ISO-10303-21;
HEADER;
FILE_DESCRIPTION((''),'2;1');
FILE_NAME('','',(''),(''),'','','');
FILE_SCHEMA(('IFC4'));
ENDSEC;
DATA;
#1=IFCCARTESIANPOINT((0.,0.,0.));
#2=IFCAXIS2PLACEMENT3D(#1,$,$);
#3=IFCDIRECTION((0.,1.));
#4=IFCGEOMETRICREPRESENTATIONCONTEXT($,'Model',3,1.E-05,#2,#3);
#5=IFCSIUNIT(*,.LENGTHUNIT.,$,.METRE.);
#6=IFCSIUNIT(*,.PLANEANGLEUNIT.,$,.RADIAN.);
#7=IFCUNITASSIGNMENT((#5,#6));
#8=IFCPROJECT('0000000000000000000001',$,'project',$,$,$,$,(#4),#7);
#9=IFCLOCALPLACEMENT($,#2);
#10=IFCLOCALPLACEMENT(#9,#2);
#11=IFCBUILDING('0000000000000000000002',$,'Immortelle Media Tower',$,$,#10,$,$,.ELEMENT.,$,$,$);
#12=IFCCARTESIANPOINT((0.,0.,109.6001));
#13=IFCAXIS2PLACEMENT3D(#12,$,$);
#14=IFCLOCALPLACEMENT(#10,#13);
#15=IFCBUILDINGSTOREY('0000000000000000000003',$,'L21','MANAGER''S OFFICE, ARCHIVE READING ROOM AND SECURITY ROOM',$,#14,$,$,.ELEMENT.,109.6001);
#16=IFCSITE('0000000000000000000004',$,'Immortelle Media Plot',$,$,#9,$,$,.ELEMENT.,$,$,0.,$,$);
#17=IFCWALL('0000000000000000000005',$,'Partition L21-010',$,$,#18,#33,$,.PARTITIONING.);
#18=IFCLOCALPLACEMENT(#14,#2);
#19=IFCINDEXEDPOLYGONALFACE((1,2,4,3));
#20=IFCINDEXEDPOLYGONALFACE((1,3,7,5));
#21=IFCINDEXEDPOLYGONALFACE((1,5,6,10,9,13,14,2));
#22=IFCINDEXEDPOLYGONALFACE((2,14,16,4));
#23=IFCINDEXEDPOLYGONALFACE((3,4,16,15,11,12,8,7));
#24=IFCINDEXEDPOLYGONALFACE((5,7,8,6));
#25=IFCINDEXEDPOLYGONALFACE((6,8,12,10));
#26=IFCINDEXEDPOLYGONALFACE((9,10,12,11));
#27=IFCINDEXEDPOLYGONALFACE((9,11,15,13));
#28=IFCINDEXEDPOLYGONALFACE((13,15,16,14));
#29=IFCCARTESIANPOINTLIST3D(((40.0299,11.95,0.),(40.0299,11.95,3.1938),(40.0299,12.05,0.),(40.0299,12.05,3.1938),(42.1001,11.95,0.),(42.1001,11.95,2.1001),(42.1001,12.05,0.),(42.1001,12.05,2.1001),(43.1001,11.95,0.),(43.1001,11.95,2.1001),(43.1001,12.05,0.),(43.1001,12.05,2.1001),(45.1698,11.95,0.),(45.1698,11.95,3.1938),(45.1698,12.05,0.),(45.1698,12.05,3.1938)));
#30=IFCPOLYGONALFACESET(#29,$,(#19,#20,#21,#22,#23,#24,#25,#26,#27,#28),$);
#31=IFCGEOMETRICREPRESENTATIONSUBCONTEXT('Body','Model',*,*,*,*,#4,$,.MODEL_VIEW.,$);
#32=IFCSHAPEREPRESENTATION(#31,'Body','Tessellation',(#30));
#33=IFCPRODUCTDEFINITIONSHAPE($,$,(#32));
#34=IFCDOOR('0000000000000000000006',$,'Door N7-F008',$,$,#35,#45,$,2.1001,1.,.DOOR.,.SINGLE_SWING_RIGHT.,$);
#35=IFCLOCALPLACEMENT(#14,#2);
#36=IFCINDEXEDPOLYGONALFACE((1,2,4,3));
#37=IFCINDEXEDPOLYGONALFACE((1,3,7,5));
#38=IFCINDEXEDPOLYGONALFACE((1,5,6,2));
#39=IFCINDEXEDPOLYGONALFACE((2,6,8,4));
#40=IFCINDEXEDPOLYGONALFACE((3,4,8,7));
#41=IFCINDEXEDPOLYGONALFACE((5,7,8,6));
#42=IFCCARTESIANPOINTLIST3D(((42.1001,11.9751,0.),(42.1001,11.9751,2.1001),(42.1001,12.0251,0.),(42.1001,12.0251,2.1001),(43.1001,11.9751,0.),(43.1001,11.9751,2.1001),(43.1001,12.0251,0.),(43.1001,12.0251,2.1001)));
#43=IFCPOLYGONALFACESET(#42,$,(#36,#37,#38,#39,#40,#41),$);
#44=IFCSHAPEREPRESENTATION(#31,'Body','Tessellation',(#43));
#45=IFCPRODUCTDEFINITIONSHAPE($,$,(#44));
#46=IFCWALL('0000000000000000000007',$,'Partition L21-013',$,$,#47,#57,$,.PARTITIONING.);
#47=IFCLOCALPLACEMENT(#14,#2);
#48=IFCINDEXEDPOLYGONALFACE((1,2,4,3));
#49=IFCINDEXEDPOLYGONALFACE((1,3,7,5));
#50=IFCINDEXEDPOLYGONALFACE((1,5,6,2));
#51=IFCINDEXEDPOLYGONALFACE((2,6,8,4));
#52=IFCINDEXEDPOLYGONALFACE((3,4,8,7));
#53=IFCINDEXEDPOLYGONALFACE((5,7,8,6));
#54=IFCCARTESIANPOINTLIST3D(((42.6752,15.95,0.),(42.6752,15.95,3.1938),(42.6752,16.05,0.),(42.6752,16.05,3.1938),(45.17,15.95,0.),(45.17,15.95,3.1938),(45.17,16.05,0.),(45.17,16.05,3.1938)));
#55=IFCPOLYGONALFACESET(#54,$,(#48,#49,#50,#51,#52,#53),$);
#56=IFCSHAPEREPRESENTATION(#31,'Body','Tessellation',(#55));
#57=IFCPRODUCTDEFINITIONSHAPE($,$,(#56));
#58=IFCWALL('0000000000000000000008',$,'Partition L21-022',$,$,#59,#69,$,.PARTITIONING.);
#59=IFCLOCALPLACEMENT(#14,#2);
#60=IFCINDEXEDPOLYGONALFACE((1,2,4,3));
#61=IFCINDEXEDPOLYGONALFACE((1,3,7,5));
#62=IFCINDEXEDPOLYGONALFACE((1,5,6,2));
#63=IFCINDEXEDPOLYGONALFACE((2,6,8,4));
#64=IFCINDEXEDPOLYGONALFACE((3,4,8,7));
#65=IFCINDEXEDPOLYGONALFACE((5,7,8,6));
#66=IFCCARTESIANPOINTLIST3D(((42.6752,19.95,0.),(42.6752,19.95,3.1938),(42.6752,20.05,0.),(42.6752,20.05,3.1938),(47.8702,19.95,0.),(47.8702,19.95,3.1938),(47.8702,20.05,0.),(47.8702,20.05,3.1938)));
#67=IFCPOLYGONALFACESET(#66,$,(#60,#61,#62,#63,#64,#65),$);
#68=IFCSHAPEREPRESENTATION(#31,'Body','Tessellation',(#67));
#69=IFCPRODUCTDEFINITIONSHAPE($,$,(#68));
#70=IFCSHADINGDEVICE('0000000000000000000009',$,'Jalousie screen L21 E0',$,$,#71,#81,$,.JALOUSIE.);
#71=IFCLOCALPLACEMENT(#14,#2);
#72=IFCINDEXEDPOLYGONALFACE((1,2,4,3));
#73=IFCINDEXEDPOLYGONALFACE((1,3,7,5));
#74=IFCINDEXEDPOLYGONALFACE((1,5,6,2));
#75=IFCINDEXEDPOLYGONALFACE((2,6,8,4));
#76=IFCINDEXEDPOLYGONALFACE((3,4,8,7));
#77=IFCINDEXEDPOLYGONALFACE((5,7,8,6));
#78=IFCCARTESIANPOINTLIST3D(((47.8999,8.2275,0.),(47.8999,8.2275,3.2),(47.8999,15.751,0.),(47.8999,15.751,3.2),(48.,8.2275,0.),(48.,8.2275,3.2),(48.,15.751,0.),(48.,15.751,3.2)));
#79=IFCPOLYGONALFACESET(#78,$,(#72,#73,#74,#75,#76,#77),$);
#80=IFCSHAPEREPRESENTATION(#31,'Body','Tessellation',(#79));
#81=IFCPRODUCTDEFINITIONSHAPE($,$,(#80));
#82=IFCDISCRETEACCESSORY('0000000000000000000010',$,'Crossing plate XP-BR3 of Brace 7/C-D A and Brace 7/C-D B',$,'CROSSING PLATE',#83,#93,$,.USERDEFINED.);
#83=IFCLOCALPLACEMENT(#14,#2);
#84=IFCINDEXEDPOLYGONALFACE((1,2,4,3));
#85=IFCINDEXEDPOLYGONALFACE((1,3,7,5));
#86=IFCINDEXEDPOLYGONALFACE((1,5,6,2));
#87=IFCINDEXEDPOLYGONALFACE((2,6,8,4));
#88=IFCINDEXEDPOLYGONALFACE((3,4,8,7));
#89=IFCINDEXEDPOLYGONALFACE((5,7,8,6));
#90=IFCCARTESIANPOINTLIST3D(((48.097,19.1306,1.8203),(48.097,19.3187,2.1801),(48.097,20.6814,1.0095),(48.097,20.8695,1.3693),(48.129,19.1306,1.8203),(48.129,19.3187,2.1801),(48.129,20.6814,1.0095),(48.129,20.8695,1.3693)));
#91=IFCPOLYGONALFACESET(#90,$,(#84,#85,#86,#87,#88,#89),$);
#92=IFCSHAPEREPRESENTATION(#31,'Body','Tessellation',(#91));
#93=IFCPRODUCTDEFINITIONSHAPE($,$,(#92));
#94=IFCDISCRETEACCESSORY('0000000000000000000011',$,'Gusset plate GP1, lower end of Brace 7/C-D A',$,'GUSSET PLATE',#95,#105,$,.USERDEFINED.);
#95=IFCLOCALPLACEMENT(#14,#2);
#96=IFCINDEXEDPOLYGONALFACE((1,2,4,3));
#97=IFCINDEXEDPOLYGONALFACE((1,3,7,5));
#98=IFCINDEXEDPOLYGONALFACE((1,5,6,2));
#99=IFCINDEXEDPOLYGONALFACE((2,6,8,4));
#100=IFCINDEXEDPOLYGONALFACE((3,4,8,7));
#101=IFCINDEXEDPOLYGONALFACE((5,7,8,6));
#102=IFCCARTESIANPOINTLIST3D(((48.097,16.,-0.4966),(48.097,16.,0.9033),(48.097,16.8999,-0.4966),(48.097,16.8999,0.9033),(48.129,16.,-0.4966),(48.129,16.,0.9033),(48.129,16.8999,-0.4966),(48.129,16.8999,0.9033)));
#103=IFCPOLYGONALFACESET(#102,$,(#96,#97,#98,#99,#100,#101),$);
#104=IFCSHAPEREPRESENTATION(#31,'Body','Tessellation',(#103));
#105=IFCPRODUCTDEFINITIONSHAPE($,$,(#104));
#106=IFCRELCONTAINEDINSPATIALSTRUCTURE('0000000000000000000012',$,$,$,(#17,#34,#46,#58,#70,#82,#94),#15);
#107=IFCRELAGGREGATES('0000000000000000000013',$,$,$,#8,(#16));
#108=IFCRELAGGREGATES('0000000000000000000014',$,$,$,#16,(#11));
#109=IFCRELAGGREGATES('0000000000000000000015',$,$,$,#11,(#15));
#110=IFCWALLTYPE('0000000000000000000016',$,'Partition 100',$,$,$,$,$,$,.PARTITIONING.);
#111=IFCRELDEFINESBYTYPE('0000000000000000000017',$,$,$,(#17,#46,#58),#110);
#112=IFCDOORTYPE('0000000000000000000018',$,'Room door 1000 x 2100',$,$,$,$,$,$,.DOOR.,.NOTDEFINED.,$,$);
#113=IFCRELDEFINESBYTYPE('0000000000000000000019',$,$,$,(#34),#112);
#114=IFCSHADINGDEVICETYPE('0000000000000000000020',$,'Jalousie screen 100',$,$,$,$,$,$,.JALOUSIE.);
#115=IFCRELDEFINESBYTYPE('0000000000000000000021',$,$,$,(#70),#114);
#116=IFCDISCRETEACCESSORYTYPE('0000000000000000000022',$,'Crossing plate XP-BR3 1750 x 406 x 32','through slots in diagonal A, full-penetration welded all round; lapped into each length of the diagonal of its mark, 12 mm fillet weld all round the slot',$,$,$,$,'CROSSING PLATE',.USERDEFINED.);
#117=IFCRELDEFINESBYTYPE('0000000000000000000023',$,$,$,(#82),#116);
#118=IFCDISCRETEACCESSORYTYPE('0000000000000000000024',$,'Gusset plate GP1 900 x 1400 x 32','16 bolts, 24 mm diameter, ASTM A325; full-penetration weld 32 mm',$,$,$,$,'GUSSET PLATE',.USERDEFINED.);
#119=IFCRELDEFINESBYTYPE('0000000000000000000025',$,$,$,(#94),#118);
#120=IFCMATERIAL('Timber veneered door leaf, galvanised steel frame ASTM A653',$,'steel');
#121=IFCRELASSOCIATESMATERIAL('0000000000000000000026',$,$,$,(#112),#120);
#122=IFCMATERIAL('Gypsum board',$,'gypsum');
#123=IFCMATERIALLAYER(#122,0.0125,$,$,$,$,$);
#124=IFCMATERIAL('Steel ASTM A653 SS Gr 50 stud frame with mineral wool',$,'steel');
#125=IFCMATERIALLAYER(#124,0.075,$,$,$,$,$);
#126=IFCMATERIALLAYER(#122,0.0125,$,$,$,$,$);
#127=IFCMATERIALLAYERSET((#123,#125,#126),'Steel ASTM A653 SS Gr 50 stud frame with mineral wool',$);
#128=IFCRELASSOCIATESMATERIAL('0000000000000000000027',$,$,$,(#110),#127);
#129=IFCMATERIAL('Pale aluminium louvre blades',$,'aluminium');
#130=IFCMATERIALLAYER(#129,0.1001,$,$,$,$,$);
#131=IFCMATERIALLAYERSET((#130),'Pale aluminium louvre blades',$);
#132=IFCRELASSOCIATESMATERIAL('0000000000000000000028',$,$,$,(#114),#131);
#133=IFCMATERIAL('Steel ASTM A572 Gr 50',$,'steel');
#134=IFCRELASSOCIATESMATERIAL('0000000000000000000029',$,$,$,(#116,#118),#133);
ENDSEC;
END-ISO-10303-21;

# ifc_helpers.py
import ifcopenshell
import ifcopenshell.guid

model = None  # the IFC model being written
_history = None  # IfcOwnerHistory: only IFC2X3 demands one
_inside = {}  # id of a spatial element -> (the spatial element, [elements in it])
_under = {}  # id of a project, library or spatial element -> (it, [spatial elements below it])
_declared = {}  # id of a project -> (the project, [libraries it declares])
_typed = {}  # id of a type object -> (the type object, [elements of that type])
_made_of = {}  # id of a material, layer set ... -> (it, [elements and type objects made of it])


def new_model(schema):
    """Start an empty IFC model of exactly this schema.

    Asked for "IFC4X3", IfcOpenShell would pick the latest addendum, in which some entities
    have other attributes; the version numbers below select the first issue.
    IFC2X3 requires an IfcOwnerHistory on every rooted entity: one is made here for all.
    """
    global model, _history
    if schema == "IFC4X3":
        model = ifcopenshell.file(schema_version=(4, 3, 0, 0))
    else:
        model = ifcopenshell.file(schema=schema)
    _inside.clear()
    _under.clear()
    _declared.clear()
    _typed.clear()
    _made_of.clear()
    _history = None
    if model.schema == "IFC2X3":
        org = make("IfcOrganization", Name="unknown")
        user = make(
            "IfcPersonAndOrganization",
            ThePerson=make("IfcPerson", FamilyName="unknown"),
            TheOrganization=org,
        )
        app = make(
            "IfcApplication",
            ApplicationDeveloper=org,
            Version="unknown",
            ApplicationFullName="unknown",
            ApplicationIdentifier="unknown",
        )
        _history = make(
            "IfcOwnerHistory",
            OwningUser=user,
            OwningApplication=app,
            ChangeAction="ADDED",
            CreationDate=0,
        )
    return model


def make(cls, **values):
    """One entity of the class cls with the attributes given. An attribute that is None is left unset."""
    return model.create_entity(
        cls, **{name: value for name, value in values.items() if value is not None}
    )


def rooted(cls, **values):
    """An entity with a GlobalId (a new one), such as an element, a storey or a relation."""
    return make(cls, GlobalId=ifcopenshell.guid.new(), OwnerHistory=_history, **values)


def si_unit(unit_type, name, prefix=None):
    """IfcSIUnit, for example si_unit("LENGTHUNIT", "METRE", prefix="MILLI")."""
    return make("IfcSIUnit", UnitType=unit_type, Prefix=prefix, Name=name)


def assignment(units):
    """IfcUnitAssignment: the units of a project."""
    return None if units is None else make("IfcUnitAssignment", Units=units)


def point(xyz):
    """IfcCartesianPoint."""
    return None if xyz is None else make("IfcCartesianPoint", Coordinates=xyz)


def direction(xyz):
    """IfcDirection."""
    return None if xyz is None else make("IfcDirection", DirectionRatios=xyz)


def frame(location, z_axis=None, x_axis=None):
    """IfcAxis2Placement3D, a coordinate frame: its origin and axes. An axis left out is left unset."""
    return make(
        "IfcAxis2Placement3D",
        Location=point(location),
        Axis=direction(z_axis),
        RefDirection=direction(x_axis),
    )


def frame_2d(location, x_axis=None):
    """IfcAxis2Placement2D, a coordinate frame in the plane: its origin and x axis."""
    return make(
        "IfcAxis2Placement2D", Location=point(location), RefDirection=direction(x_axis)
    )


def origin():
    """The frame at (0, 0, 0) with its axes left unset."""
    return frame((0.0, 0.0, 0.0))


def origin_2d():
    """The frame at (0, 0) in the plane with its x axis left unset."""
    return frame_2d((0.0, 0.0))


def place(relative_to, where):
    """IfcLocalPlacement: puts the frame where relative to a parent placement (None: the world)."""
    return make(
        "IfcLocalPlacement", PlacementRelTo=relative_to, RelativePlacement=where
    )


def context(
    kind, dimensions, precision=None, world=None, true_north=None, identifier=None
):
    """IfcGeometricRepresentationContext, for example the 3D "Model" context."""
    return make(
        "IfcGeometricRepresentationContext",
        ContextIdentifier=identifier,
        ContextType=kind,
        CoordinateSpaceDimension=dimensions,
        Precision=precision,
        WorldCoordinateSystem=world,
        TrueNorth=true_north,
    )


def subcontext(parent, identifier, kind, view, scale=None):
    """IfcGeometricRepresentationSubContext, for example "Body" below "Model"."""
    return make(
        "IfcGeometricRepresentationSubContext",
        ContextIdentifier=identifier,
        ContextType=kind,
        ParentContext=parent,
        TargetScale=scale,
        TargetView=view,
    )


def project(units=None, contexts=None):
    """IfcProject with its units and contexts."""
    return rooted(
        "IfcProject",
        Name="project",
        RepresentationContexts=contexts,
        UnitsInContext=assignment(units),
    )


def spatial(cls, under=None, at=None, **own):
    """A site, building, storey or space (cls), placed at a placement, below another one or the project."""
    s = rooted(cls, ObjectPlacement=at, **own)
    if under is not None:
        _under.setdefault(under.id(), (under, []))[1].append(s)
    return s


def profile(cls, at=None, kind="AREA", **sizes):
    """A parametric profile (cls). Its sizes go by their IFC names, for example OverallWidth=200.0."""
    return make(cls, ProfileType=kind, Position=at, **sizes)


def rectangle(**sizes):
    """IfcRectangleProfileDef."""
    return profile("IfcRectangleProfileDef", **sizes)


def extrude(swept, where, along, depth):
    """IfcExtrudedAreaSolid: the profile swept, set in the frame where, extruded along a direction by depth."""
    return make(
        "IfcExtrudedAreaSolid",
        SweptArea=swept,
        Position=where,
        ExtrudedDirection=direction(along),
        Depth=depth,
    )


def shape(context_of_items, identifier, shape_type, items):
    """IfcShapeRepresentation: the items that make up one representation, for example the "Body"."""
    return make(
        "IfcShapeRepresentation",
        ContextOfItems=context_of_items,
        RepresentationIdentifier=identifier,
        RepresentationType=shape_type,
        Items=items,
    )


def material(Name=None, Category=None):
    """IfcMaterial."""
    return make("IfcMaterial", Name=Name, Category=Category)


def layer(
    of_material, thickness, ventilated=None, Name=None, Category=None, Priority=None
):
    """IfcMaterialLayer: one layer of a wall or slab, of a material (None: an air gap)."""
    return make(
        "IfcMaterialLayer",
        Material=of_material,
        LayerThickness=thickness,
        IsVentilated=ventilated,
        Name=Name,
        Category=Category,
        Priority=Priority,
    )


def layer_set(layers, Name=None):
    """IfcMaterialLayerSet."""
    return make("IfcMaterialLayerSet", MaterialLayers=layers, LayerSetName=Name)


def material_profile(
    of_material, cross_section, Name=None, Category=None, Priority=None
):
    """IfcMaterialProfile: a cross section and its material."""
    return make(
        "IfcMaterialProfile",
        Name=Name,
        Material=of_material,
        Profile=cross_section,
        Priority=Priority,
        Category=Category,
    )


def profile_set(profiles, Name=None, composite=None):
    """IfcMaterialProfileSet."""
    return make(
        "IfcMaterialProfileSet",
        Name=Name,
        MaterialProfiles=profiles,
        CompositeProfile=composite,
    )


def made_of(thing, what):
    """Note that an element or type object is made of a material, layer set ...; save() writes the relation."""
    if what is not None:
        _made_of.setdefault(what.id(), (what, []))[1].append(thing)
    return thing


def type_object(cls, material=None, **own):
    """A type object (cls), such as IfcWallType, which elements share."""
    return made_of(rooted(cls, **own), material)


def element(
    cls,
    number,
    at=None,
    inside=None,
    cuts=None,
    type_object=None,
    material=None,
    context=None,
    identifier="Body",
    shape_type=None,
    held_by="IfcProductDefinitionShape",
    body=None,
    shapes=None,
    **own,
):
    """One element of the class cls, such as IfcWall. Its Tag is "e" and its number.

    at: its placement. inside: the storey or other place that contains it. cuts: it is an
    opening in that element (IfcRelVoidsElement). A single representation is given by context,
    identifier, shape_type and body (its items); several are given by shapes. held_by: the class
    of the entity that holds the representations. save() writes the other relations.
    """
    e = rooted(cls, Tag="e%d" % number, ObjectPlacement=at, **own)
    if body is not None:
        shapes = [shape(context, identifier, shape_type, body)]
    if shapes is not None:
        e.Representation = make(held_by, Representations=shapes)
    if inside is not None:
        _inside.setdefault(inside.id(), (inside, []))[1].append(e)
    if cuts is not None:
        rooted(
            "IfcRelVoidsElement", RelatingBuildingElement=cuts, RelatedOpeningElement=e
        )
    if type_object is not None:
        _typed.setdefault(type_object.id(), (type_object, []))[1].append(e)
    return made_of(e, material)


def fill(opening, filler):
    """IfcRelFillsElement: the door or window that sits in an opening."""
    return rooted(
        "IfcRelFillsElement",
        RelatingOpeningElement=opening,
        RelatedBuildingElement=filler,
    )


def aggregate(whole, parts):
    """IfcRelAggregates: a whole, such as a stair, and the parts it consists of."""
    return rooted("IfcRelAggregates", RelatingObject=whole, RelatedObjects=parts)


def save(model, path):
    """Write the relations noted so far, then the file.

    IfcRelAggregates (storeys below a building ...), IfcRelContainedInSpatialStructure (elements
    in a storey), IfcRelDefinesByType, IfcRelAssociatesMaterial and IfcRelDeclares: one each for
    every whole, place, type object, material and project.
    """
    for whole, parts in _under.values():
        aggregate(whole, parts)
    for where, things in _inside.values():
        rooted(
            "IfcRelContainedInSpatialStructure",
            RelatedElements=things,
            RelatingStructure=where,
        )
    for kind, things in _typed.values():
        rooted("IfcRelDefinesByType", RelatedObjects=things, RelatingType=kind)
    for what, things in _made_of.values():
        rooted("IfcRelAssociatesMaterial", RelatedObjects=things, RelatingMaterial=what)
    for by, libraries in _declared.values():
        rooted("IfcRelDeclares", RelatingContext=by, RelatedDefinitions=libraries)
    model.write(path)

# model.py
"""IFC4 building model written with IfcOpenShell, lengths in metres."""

from ifc_helpers import new_model, si_unit, direction, frame, frame_2d, origin, origin_2d, place, context, subcontext, project, spatial, rectangle, extrude, material, layer, layer_set, material_profile, profile_set, type_object, element, fill, save


model = new_model("IFC4")

# Units and contexts
model_context = context("Model", 3, precision=1e-05, world=origin(), true_north=direction((0.0, 1.0)))
body_context = subcontext(model_context, "Body", "Model", "MODEL_VIEW")
ifc_project = project(units=[si_unit("LENGTHUNIT", "METRE"), si_unit("PLANEANGLEUNIT", "RADIAN")], contexts=[model_context])

# Site, building, storey
site_placement = place(None, origin())
site = spatial("IfcSite", under=ifc_project, at=site_placement, Name="Immortelle Media Plot", CompositionType="ELEMENT", RefElevation=0.0)
building_placement = place(site_placement, origin())
building = spatial("IfcBuilding", under=site, at=building_placement, Name="Immortelle Media Tower", CompositionType="ELEMENT")
storey_placement = place(building_placement, frame((0.0, 0.0, 109.6001)))
storey = spatial("IfcBuildingStorey", under=building, at=storey_placement, Name="L21", Description="MANAGER'S OFFICE, ARCHIVE READING ROOM AND SECURITY ROOM", CompositionType="ELEMENT", Elevation=109.6001)

# Shared definitions
ifc_material_1 = material(Name="Steel ASTM A653 SS Gr 50 stud frame with mineral wool", Category="steel")
ifc_material_2 = material(Name="Timber veneered door leaf, galvanised steel frame ASTM A653", Category="steel")
door_type = type_object("IfcDoorType", Name="Room door 1000 x 2100", OperationType="NOTDEFINED", PredefinedType="DOOR", material=ifc_material_2)

# Wall, opening, door
ifc_material_3 = material(Name="Gypsum board", Category="gypsum")
ifc_layer_1 = layer(ifc_material_3, 0.0125)
ifc_layer_2 = layer(ifc_material_1, 0.075)
ifc_layer_3 = layer(ifc_material_3, 0.0125)
ifc_layer_set_1 = layer_set([ifc_layer_1, ifc_layer_2, ifc_layer_3], Name="Steel ASTM A653 SS Gr 50 stud frame with mineral wool")
wall_type_1 = type_object("IfcWallType", Name="Partition 100", PredefinedType="PARTITIONING", material=ifc_layer_set_1)
wall_1_placement = place(storey_placement, frame((40.03, 12.0, 0.0), z_axis=(0.0, 0.0, 1.0), x_axis=(1.0, 0.0, 0.0)))
wall_1 = element("IfcWall", 1, at=wall_1_placement, inside=storey, type_object=wall_type_1, Name="Partition L21-010", PredefinedType="PARTITIONING", context=body_context, shape_type="SweptSolid", body=[
    extrude(rectangle(XDim=5.1399, YDim=0.1001, at=frame_2d((2.5698, 0.0))), origin(), (0.0, 0.0, 1.0), 3.1938),
])
opening_1_placement = place(wall_1_placement, frame((3.0701, 0.0, 0.0), z_axis=(0.0, 0.0, 1.0), x_axis=(-1.0, 0.0, 0.0)))
opening_1 = element("IfcOpeningElement", 2, at=opening_1_placement, cuts=wall_1, PredefinedType="OPENING", context=body_context, shape_type="SweptSolid", body=[
    extrude(rectangle(XDim=1.0, YDim=2.1001, at=frame_2d((0.5, 1.05))), frame((0.0, 0.0601, 0.0), z_axis=(0.0, -1.0, 0.0), x_axis=(1.0, 0.0, 0.0)), (0.0, 0.0, 1.0), 0.1201),
])
door_1_placement = place(opening_1_placement, origin())
door_1 = element("IfcDoor", 3, at=door_1_placement, inside=storey, type_object=door_type, Name="Door N7-F008", OperationType="SINGLE_SWING_RIGHT", OverallHeight=2.1001, OverallWidth=1.0, PredefinedType="DOOR", context=body_context, shape_type="SweptSolid", body=[
    extrude(rectangle(XDim=1.0, YDim=2.1001, at=frame_2d((0.5, 1.05))), frame((0.0, 0.0249, 0.0), z_axis=(0.0, -1.0, 0.0), x_axis=(1.0, 0.0, 0.0)), (0.0, 0.0, 1.0), 0.05),
])
fill(opening_1, door_1)

# Walls
wall_2_placement = place(storey_placement, frame((42.675, 16.0, 0.0), z_axis=(0.0, 0.0, 1.0), x_axis=(1.0, 0.0, 0.0)))
element("IfcWall", 4, at=wall_2_placement, inside=storey, type_object=wall_type_1, Name="Partition L21-013", PredefinedType="PARTITIONING", context=body_context, shape_type="SweptSolid", body=[
    extrude(rectangle(XDim=2.4949, YDim=0.1001, at=frame_2d((1.2476, 0.0))), origin(), (0.0, 0.0, 1.0), 3.1938),
])
wall_3_placement = place(storey_placement, frame((42.675, 20.0, 0.0), z_axis=(0.0, 0.0, 1.0), x_axis=(1.0, 0.0, 0.0)))
element("IfcWall", 5, at=wall_3_placement, inside=storey, type_object=wall_type_1, Name="Partition L21-022", PredefinedType="PARTITIONING", context=body_context, shape_type="SweptSolid", body=[
    extrude(rectangle(XDim=5.1951, YDim=0.1001, at=frame_2d((2.5977, 0.0))), origin(), (0.0, 0.0, 1.0), 3.1938),
])

# Shading device
ifc_material_4 = material(Name="Pale aluminium louvre blades", Category="aluminium")
ifc_layer_4 = layer(ifc_material_4, 0.1001)
ifc_layer_set_2 = layer_set([ifc_layer_4], Name="Pale aluminium louvre blades")
shading_device_type = type_object("IfcShadingDeviceType", Name="Jalousie screen 100", PredefinedType="JALOUSIE", material=ifc_layer_set_2)
shading_device_placement = place(storey_placement, frame((47.95, 11.9893, 0.0), z_axis=(0.0, 0.0, 1.0), x_axis=(0.0, 1.0, 0.0)))
element("IfcShadingDevice", 6, at=shading_device_placement, inside=storey, type_object=shading_device_type, Name="Jalousie screen L21 E0", PredefinedType="JALOUSIE", context=body_context, shape_type="SweptSolid", body=[
    extrude(rectangle(XDim=7.5234, YDim=0.1001, at=origin_2d()), origin(), (0.0, 0.0, 1.0), 3.2),
])

# Discrete accessories
ifc_material_5 = material(Name="Steel ASTM A572 Gr 50", Category="steel")
ifc_material_profile_1 = material_profile(ifc_material_5, rectangle(XDim=0.032, YDim=0.406, at=origin_2d()), Name="PL 32 x 406")
ifc_profile_set_1 = profile_set([ifc_material_profile_1], Name="Steel ASTM A572 Gr 50")
discrete_accessory_type_1 = type_object("IfcDiscreteAccessoryType", Name="Crossing plate XP-BR3 1750 x 406 x 32", Description="through slots in diagonal A, full-penetration welded all round; lapped into each length of the diagonal of its mark, 12 mm fillet weld all round the slot", ElementType="CROSSING PLATE", PredefinedType="USERDEFINED", material=ifc_profile_set_1)
discrete_accessory_1_placement = place(storey_placement, frame((48.113, 19.2246, 2.0002), z_axis=(0.0, 0.886189, -0.463324), x_axis=(-1.0, 0.0, 0.0)))
element("IfcDiscreteAccessory", 7, at=discrete_accessory_1_placement, inside=storey, type_object=discrete_accessory_type_1, Name="Crossing plate XP-BR3 of Brace 7/C-D A and Brace 7/C-D B", ObjectType="CROSSING PLATE", PredefinedType="USERDEFINED", context=body_context, shape_type="SweptSolid", body=[
    extrude(rectangle(XDim=0.032, YDim=0.406, at=origin_2d()), origin(), (0.0, 0.0, 1.0), 1.75),
])
ifc_material_profile_2 = material_profile(ifc_material_5, rectangle(XDim=0.032, YDim=1.3999, at=origin_2d()), Name="PL 32 x 1400")
ifc_profile_set_2 = profile_set([ifc_material_profile_2], Name="Steel ASTM A572 Gr 50")
discrete_accessory_type_2 = type_object("IfcDiscreteAccessoryType", Name="Gusset plate GP1 900 x 1400 x 32", Description="16 bolts, 24 mm diameter, ASTM A325; full-penetration weld 32 mm", ElementType="GUSSET PLATE", PredefinedType="USERDEFINED", material=ifc_profile_set_2)
discrete_accessory_2_placement = place(storey_placement, frame((48.113, 16.0, 0.2034), z_axis=(0.0, 1.0, 0.0), x_axis=(-1.0, 0.0, 0.0)))
element("IfcDiscreteAccessory", 8, at=discrete_accessory_2_placement, inside=storey, type_object=discrete_accessory_type_2, Name="Gusset plate GP1, lower end of Brace 7/C-D A", ObjectType="GUSSET PLATE", PredefinedType="USERDEFINED", context=body_context, shape_type="SweptSolid", body=[
    extrude(rectangle(XDim=0.032, YDim=1.3999, at=origin_2d()), origin(), (0.0, 0.0, 1.0), 0.8999),
])

save(model, "model.ifc")
